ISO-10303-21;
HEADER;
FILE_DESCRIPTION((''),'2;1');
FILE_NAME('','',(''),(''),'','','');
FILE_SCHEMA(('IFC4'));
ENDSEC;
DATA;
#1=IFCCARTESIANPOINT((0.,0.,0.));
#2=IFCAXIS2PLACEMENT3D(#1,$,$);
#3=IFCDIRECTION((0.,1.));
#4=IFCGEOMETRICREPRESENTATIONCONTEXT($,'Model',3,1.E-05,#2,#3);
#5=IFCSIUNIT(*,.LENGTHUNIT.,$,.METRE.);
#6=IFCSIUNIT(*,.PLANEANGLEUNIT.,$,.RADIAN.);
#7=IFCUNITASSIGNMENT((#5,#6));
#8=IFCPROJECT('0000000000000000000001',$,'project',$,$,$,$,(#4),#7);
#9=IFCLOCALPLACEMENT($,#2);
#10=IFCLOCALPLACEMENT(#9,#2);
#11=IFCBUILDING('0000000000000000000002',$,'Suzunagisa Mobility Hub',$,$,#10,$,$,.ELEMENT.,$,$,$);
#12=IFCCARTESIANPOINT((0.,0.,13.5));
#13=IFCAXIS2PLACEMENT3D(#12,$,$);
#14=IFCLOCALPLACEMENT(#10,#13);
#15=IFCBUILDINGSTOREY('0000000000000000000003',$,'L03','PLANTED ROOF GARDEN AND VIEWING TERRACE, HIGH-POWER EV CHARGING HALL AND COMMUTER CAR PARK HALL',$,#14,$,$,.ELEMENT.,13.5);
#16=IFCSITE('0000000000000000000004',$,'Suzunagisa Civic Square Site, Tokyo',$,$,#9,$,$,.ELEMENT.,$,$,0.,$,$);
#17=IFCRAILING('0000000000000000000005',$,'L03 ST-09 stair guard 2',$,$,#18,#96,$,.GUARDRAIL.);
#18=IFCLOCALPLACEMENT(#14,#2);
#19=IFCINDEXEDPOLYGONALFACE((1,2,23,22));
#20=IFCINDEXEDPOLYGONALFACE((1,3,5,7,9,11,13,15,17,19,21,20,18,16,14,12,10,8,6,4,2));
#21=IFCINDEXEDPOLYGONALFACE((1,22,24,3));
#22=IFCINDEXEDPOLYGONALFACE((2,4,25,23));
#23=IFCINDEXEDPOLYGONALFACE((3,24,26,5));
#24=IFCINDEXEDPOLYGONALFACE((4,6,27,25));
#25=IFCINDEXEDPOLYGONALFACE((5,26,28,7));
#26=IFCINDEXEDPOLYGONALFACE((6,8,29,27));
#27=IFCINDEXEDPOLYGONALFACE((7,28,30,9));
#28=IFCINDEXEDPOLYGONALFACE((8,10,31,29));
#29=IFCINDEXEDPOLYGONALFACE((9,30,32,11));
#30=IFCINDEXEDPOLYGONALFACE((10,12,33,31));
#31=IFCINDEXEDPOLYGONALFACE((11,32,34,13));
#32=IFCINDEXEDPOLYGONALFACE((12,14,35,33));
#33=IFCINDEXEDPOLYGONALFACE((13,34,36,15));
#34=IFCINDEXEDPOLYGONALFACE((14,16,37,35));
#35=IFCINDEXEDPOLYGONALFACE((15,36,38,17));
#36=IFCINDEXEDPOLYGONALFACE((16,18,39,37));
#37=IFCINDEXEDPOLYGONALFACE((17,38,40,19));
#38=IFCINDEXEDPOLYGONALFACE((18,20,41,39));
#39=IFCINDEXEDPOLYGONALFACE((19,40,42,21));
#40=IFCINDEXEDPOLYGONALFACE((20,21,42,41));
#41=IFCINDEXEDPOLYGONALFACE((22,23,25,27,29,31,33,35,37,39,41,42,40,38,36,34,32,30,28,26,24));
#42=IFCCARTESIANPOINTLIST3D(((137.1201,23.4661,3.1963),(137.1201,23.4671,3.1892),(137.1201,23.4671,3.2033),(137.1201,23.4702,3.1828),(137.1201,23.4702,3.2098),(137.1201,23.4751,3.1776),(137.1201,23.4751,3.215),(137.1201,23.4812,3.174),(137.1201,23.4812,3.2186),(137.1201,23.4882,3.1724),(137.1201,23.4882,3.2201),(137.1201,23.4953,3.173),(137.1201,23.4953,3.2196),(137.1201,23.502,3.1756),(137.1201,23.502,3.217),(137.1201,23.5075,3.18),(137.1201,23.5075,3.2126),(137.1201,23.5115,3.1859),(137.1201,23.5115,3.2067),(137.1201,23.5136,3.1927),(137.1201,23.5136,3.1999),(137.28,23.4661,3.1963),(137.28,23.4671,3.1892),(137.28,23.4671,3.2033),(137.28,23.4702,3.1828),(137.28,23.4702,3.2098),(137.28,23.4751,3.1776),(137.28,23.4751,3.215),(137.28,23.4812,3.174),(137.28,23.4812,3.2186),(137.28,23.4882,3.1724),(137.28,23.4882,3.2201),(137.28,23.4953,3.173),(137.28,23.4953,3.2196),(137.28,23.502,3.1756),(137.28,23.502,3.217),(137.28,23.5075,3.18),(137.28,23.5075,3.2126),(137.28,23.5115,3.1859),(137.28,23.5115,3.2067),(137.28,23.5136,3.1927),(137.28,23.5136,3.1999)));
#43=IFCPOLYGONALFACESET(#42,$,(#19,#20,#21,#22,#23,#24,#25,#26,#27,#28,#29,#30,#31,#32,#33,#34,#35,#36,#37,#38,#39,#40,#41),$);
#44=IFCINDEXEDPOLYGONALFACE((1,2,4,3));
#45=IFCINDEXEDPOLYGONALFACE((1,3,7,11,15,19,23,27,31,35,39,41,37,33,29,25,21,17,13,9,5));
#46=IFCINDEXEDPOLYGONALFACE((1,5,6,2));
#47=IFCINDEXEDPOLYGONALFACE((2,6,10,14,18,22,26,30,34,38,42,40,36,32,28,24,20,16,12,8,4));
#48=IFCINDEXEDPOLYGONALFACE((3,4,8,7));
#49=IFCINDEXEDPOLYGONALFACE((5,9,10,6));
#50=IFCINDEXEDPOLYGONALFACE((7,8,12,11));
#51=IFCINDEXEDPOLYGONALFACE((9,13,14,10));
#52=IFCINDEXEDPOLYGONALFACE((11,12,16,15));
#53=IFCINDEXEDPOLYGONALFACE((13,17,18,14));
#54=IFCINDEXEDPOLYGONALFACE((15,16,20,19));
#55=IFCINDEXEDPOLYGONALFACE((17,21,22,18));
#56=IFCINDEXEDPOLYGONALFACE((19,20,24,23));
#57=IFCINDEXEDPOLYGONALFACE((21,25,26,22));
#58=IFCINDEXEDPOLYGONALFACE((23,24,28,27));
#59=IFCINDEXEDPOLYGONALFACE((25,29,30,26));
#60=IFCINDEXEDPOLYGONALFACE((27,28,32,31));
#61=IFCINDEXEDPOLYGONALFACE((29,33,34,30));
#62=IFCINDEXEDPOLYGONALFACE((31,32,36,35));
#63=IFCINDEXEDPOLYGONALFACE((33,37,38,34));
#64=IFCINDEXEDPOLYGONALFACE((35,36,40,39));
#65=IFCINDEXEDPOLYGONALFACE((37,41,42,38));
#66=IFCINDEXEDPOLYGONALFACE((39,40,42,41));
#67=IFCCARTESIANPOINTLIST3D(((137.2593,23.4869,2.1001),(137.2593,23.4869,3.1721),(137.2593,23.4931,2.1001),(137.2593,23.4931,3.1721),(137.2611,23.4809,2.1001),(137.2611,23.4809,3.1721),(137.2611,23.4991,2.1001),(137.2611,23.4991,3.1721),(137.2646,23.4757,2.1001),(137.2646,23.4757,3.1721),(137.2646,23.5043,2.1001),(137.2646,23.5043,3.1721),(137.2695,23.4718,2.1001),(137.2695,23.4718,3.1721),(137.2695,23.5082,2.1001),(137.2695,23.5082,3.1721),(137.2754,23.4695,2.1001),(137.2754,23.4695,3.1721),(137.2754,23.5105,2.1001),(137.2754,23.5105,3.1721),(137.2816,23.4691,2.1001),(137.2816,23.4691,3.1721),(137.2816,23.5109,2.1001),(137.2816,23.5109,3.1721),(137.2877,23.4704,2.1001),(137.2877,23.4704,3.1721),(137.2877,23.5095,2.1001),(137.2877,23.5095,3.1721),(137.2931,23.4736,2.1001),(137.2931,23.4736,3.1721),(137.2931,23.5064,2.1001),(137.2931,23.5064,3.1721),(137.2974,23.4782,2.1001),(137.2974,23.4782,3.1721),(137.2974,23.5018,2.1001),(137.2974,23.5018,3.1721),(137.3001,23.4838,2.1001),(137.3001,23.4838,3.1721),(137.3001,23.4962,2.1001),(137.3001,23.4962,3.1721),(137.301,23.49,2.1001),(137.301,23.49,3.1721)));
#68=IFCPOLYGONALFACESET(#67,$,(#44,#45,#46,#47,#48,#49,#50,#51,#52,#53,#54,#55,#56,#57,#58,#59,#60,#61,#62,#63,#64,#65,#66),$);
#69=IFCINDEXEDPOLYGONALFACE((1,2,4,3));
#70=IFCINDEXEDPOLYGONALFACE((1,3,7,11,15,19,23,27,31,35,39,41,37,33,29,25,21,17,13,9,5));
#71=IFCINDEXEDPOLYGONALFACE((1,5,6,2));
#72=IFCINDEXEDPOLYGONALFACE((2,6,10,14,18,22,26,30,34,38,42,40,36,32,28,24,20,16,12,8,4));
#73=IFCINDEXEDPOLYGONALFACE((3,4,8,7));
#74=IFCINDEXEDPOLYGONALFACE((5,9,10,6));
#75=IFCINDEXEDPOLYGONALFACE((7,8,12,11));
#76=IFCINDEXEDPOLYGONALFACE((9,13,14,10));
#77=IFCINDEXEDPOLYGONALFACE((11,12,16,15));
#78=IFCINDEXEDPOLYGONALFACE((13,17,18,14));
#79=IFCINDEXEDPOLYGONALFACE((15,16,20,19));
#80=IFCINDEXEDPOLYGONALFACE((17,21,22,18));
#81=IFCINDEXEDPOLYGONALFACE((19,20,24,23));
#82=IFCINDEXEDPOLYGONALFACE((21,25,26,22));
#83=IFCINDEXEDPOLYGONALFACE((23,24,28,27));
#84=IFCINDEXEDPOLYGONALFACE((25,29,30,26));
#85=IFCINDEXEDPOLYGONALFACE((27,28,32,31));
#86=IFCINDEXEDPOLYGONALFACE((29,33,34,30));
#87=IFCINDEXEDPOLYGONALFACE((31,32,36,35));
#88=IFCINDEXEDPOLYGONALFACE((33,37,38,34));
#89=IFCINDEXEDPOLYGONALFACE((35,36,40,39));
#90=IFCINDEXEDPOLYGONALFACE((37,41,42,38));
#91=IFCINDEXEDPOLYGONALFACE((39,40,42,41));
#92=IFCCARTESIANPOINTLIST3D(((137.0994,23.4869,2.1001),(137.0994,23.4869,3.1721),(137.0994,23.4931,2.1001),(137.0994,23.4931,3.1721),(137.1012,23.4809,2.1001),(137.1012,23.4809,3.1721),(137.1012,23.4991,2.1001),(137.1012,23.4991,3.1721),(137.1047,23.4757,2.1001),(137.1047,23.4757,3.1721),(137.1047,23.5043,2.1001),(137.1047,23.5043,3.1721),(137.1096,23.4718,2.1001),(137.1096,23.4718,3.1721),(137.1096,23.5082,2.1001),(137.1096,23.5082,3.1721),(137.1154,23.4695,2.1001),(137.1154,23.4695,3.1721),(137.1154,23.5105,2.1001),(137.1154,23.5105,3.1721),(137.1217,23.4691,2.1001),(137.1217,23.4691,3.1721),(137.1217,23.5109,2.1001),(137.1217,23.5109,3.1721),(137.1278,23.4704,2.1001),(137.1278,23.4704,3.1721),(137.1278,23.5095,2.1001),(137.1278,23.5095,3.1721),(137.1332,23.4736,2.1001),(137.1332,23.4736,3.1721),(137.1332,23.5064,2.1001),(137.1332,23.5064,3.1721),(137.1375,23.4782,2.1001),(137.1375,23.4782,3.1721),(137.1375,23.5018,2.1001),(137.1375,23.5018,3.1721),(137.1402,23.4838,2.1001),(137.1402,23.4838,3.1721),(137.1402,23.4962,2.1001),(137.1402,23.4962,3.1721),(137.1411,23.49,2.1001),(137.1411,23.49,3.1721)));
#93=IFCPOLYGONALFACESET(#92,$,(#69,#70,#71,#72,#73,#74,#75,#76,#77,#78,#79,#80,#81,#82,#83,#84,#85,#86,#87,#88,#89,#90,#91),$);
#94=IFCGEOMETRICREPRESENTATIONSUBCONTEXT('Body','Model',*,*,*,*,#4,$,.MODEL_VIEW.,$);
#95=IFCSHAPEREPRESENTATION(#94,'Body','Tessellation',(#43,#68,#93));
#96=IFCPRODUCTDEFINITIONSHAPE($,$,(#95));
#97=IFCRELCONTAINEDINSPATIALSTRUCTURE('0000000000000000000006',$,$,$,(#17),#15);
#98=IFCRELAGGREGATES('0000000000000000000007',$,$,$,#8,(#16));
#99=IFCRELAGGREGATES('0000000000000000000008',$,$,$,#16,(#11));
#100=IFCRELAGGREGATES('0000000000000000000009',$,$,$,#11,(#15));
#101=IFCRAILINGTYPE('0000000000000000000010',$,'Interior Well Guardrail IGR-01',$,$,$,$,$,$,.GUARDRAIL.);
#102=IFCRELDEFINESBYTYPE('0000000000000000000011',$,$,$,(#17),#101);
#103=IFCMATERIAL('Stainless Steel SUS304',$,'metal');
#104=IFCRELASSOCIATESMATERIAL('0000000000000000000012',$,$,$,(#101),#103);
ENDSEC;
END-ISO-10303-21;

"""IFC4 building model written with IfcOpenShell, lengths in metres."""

from ifc_helpers import new_model, si_unit, direction, frame, origin, origin_2d, place, context, subcontext, project, spatial, circle, extrude, material, type_object, element, save


model = new_model("IFC4")

# Units and contexts
model_context = context("Model", 3, precision=1e-05, world=origin(), true_north=direction((0.0, 1.0)))
body_context = subcontext(model_context, "Body", "Model", "MODEL_VIEW")
ifc_project = project(units=[si_unit("LENGTHUNIT", "METRE"), si_unit("PLANEANGLEUNIT", "RADIAN")], contexts=[model_context])

# Site, building, storey
site_placement = place(None, origin())
site = spatial("IfcSite", under=ifc_project, at=site_placement, Name="Suzunagisa Civic Square Site, Tokyo", CompositionType="ELEMENT", RefElevation=0.0)
building_placement = place(site_placement, origin())
building = spatial("IfcBuilding", under=site, at=building_placement, Name="Suzunagisa Mobility Hub", CompositionType="ELEMENT")
storey_placement = place(building_placement, frame((0.0, 0.0, 13.5)))
storey = spatial("IfcBuildingStorey", under=building, at=storey_placement, Name="L03", Description="PLANTED ROOF GARDEN AND VIEWING TERRACE, HIGH-POWER EV CHARGING HALL AND COMMUTER CAR PARK HALL", CompositionType="ELEMENT", Elevation=13.5)

# Railing
ifc_material_1 = material(Name="Stainless Steel SUS304", Category="metal")
railing_type = type_object("IfcRailingType", Name="Interior Well Guardrail IGR-01", PredefinedType="GUARDRAIL", material=ifc_material_1)
railing_1_placement = place(storey_placement, frame((137.28, 23.49, 2.1001)))
element("IfcRailing", 1, at=railing_1_placement, inside=storey, type_object=railing_type, Name="L03 ST-09 stair guard 2", PredefinedType="GUARDRAIL", context=body_context, shape_type="SweptSolid", body=[
    extrude(circle(Radius=0.0239, at=origin_2d()), frame((0.0, 0.0, 1.0962), z_axis=(-1.0, 0.0, 0.0), x_axis=(0.0, -1.0, 0.0)), (0.0, 0.0, 1.0), 0.1599),
    extrude(circle(Radius=0.021, at=origin_2d()), origin(), (0.0, 0.0, 1.0), 1.072),
    extrude(circle(Radius=0.021, at=origin_2d()), frame((-0.1599, 0.0, 0.0)), (0.0, 0.0, 1.0), 1.072),
])

save(model, "model.ifc")
